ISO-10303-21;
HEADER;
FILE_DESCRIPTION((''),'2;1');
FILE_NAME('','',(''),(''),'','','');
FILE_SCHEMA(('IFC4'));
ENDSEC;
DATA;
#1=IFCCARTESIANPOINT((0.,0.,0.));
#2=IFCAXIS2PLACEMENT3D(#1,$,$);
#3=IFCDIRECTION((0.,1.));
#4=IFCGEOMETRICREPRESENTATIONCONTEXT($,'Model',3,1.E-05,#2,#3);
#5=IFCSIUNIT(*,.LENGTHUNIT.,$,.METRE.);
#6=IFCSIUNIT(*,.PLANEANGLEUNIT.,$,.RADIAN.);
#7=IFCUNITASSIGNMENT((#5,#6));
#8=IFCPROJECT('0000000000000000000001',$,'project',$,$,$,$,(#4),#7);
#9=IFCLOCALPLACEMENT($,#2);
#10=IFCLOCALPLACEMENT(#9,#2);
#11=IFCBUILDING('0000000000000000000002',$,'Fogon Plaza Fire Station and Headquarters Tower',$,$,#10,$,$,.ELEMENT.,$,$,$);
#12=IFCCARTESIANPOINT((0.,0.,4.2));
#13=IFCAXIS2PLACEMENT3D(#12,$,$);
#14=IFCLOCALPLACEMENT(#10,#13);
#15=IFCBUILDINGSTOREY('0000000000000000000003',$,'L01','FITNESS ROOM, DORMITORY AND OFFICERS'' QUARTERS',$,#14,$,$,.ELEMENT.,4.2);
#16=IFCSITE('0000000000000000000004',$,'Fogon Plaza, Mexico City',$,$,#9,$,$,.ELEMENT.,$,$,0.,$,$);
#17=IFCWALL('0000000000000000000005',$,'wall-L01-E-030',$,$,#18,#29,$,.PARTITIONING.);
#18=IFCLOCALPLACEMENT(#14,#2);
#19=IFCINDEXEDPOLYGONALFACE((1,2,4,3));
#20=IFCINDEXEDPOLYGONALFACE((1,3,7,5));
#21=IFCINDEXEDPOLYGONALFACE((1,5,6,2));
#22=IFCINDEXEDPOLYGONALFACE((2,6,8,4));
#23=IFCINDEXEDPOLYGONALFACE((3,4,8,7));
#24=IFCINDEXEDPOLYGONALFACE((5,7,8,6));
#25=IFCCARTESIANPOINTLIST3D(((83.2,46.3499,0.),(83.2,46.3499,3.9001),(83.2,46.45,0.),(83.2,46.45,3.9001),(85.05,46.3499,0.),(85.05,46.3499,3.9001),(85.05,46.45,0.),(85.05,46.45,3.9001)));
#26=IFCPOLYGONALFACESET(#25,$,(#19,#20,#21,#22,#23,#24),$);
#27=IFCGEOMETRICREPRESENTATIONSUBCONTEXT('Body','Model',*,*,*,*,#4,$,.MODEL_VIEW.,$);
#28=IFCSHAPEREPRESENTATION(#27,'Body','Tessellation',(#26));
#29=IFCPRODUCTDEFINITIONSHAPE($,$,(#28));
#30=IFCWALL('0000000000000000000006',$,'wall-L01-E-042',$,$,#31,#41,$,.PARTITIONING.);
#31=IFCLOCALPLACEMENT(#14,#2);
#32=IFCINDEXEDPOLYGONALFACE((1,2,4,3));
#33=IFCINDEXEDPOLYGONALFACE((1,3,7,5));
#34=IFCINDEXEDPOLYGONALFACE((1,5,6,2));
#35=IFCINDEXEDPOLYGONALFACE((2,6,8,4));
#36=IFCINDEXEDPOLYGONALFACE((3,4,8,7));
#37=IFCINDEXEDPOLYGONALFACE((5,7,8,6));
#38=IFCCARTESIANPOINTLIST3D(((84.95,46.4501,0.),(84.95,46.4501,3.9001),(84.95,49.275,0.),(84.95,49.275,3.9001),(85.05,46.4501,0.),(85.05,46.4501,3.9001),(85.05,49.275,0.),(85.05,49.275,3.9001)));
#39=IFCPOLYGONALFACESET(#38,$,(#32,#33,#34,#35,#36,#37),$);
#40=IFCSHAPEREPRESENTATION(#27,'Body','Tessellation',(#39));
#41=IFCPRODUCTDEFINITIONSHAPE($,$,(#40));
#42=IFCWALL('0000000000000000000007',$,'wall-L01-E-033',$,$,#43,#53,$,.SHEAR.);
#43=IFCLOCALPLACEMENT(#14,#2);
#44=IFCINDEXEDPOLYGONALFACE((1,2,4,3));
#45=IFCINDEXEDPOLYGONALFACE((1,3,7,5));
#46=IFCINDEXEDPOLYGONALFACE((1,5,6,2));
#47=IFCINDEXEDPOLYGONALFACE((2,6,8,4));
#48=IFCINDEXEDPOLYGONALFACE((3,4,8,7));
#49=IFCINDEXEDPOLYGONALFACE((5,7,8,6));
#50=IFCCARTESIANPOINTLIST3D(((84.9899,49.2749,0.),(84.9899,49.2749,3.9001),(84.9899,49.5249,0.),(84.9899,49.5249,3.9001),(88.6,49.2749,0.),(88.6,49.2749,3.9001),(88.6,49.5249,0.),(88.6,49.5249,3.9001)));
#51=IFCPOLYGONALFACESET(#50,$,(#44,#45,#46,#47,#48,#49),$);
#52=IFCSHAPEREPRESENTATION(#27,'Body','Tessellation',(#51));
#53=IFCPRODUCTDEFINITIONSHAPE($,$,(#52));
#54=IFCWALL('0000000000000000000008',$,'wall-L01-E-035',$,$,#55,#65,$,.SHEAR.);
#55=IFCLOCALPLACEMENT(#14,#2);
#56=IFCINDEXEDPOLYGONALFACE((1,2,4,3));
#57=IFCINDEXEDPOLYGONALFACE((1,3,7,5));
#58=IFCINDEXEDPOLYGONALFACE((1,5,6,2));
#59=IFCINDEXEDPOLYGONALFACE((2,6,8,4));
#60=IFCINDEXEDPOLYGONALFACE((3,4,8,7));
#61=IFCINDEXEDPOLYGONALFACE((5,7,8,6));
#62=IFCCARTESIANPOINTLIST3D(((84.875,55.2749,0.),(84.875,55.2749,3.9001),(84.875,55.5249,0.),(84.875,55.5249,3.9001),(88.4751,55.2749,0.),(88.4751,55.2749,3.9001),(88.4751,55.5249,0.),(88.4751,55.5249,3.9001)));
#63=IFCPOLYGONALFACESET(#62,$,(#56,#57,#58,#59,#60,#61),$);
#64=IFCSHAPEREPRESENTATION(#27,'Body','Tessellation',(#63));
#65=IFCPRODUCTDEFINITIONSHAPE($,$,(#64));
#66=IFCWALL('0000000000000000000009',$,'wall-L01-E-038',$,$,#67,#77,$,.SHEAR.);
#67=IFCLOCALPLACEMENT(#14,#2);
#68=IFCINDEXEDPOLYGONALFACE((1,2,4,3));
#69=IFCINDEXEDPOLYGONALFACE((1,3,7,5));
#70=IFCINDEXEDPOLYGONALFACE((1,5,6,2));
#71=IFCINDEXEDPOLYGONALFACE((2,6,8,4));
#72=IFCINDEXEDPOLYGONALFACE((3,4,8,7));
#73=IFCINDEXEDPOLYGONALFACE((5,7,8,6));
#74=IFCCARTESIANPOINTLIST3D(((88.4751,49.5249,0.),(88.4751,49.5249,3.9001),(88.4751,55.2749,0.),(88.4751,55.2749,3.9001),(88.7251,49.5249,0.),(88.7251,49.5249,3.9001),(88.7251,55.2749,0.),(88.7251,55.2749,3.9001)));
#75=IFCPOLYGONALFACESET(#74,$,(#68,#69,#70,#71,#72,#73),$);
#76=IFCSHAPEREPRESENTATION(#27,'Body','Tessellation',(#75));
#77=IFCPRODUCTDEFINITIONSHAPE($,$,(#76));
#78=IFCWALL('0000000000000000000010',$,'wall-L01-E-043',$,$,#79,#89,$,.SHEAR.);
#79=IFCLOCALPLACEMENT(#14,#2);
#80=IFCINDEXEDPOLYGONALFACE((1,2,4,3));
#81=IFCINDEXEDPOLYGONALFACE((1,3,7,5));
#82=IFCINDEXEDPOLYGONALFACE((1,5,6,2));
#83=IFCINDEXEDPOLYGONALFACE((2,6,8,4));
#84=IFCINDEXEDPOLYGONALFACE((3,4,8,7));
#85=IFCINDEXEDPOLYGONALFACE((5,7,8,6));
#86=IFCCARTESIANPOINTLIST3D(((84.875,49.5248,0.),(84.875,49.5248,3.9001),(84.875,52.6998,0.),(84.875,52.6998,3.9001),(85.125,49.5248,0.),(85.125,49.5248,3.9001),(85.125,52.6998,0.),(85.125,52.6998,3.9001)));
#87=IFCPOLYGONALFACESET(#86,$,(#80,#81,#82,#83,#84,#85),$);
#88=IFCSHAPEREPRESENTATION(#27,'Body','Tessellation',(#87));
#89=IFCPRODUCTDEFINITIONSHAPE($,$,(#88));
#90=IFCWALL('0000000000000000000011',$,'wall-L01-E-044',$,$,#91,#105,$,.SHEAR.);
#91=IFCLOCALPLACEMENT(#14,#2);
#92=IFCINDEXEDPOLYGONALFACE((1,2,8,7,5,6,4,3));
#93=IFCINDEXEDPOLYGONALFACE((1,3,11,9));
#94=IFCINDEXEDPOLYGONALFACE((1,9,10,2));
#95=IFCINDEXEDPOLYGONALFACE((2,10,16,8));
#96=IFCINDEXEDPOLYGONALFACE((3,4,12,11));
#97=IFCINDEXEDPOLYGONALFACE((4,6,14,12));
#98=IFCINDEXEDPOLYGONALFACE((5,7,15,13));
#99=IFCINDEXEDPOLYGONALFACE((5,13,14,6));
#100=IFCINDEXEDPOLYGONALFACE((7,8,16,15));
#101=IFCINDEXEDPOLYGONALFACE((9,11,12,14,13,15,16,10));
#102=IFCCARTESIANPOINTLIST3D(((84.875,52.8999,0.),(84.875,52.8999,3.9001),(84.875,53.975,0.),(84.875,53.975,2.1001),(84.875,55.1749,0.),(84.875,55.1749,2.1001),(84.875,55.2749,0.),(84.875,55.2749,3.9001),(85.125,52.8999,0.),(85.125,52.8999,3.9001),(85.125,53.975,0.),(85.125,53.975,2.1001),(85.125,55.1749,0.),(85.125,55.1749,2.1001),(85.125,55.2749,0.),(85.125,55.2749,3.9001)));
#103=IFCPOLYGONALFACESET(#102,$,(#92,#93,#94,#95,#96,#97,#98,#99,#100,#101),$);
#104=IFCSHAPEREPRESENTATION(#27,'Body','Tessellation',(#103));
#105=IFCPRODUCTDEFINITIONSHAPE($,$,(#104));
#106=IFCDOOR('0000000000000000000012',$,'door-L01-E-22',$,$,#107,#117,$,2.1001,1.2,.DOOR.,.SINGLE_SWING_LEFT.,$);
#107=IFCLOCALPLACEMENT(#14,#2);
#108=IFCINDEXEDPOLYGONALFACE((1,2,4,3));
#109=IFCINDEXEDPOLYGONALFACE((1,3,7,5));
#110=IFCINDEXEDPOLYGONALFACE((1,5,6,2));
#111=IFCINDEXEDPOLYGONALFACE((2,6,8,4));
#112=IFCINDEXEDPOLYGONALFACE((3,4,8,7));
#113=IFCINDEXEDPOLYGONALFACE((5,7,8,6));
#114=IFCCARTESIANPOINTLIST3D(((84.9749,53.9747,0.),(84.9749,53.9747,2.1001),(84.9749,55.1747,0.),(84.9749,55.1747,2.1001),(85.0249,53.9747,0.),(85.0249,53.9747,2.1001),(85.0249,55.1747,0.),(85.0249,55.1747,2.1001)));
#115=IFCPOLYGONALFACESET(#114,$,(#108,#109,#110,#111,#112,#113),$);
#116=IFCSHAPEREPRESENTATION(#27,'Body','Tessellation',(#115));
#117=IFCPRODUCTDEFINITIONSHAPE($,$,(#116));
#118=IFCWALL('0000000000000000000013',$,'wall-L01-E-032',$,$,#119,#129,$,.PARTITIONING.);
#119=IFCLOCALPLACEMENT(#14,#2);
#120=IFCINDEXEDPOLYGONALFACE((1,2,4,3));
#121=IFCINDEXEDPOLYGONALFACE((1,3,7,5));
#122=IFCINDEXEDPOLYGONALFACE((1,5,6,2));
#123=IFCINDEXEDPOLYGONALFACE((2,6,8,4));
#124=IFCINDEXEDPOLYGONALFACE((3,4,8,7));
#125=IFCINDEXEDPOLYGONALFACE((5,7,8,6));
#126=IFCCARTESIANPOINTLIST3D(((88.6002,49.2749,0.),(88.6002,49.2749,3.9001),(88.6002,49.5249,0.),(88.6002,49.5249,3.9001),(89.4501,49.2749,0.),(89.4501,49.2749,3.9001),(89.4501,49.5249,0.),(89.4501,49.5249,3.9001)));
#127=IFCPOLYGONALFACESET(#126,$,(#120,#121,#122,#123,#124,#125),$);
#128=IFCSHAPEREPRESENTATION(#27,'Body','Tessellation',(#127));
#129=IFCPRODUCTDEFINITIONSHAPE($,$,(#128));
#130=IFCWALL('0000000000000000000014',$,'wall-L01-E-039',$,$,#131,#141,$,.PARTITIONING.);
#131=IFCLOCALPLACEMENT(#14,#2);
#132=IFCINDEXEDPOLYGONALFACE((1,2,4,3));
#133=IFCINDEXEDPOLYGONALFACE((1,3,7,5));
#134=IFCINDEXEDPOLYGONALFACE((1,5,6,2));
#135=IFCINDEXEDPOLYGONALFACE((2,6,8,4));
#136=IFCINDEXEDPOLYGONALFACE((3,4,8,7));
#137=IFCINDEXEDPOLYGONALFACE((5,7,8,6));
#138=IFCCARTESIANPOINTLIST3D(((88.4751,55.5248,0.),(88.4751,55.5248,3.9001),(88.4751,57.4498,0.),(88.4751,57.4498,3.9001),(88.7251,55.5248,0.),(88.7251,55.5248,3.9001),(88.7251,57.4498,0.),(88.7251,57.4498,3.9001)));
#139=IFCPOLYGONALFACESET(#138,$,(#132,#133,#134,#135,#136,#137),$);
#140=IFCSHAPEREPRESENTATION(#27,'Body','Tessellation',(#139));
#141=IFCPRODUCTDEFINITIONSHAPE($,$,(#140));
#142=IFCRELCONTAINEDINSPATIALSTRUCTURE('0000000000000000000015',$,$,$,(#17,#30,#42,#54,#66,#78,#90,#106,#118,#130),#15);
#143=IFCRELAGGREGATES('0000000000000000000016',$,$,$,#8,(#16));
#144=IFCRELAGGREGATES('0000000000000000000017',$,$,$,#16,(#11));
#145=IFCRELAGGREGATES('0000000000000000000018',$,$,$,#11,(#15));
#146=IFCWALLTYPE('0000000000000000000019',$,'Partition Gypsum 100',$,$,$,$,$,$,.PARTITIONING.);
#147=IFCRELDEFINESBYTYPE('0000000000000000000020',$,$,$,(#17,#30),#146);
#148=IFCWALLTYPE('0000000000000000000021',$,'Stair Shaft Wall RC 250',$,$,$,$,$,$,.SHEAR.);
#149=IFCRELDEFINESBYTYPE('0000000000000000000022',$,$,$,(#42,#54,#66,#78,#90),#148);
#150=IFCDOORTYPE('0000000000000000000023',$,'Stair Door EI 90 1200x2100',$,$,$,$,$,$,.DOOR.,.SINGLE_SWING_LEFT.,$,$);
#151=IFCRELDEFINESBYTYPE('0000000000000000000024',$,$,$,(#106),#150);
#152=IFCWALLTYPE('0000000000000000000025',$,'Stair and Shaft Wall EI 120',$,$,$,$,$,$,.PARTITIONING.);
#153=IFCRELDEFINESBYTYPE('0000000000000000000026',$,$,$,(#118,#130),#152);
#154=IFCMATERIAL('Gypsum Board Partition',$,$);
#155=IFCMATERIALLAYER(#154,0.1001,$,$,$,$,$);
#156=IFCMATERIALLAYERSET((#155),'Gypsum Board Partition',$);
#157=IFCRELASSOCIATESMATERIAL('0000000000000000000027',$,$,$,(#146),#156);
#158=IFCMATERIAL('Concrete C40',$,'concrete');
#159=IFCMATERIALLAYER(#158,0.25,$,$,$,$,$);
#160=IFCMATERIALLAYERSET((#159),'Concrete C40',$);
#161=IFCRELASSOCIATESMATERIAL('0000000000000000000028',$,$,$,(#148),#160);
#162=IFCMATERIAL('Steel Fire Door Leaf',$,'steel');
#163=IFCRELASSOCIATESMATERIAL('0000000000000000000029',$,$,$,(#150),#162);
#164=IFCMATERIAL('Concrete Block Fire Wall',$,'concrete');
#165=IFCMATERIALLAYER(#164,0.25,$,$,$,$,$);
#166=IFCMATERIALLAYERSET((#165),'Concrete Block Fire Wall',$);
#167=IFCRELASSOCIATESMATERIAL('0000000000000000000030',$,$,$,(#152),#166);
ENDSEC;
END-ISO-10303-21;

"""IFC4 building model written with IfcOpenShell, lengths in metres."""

from ifc_helpers import new_model, si_unit, direction, frame, frame_2d, origin, place, context, subcontext, project, spatial, rectangle, extrude, material, layer, layer_set, type_object, element, fill, save


model = new_model("IFC4")

# Units and contexts
model_context = context("Model", 3, precision=1e-05, world=origin(), true_north=direction((0.0, 1.0)))
body_context = subcontext(model_context, "Body", "Model", "MODEL_VIEW")
ifc_project = project(units=[si_unit("LENGTHUNIT", "METRE"), si_unit("PLANEANGLEUNIT", "RADIAN")], contexts=[model_context])

# Site, building, storey
site_placement = place(None, origin())
site = spatial("IfcSite", under=ifc_project, at=site_placement, Name="Fogon Plaza, Mexico City", CompositionType="ELEMENT", RefElevation=0.0)
building_placement = place(site_placement, origin())
building = spatial("IfcBuilding", under=site, at=building_placement, Name="Fogon Plaza Fire Station and Headquarters Tower", CompositionType="ELEMENT")
storey_placement = place(building_placement, frame((0.0, 0.0, 4.2)))
storey = spatial("IfcBuildingStorey", under=building, at=storey_placement, Name="L01", Description="FITNESS ROOM, DORMITORY AND OFFICERS' QUARTERS", CompositionType="ELEMENT", Elevation=4.2)

# Walls
ifc_material_1 = material(Name="Gypsum Board Partition")
ifc_layer_1 = layer(ifc_material_1, 0.1001)
ifc_layer_set_1 = layer_set([ifc_layer_1], Name="Gypsum Board Partition")
wall_type_1 = type_object("IfcWallType", Name="Partition Gypsum 100", PredefinedType="PARTITIONING", material=ifc_layer_set_1)
wall_1_placement = place(storey_placement, frame((85.05, 46.3999, 0.0), z_axis=(0.0, 0.0, 1.0), x_axis=(-1.0, 0.0, 0.0)))
element("IfcWall", 1, at=wall_1_placement, inside=storey, type_object=wall_type_1, Name="wall-L01-E-030", PredefinedType="PARTITIONING", context=body_context, shape_type="SweptSolid", body=[
    extrude(rectangle(XDim=1.8501, YDim=0.1001, at=frame_2d((0.925, 0.0))), origin(), (0.0, 0.0, 1.0), 3.9001),
])
wall_2_placement = place(storey_placement, frame((85.0, 46.45, 0.0), z_axis=(0.0, 0.0, 1.0), x_axis=(0.0, 1.0, 0.0)))
element("IfcWall", 2, at=wall_2_placement, inside=storey, type_object=wall_type_1, Name="wall-L01-E-042", PredefinedType="PARTITIONING", context=body_context, shape_type="SweptSolid", body=[
    extrude(rectangle(XDim=2.825, YDim=0.1001, at=frame_2d((1.4126, 0.0))), origin(), (0.0, 0.0, 1.0), 3.9001),
])
ifc_material_2 = material(Name="Concrete C40", Category="concrete")
ifc_layer_2 = layer(ifc_material_2, 0.25)
ifc_layer_set_2 = layer_set([ifc_layer_2], Name="Concrete C40")
wall_type_2 = type_object("IfcWallType", Name="Stair Shaft Wall RC 250", PredefinedType="SHEAR", material=ifc_layer_set_2)
wall_3_placement = place(storey_placement, frame((88.6001, 49.3999, 0.0), z_axis=(0.0, 0.0, 1.0), x_axis=(-1.0, 0.0, 0.0)))
element("IfcWall", 3, at=wall_3_placement, inside=storey, type_object=wall_type_2, Name="wall-L01-E-033", PredefinedType="SHEAR", context=body_context, shape_type="SweptSolid", body=[
    extrude(rectangle(XDim=3.6101, YDim=0.25, at=frame_2d((1.8052, 0.0))), origin(), (0.0, 0.0, 1.0), 3.9001),
])
wall_4_placement = place(storey_placement, frame((88.4751, 55.3999, 0.0), z_axis=(0.0, 0.0, 1.0), x_axis=(-1.0, 0.0, 0.0)))
element("IfcWall", 4, at=wall_4_placement, inside=storey, type_object=wall_type_2, Name="wall-L01-E-035", PredefinedType="SHEAR", context=body_context, shape_type="SweptSolid", body=[
    extrude(rectangle(XDim=3.6001, YDim=0.25, at=frame_2d((1.8, 0.0))), origin(), (0.0, 0.0, 1.0), 3.9001),
])
wall_5_placement = place(storey_placement, frame((88.6001, 49.5249, 0.0), z_axis=(0.0, 0.0, 1.0), x_axis=(0.0, 1.0, 0.0)))
element("IfcWall", 5, at=wall_5_placement, inside=storey, type_object=wall_type_2, Name="wall-L01-E-038", PredefinedType="SHEAR", context=body_context, shape_type="SweptSolid", body=[
    extrude(rectangle(XDim=5.75, YDim=0.25, at=frame_2d((2.875, 0.0))), origin(), (0.0, 0.0, 1.0), 3.9001),
])
wall_6_placement = place(storey_placement, frame((85.0, 49.5249, 0.0), z_axis=(0.0, 0.0, 1.0), x_axis=(0.0, 1.0, 0.0)))
element("IfcWall", 6, at=wall_6_placement, inside=storey, type_object=wall_type_2, Name="wall-L01-E-043", PredefinedType="SHEAR", context=body_context, shape_type="SweptSolid", body=[
    extrude(rectangle(XDim=3.175, YDim=0.25, at=frame_2d((1.5874, 0.0))), origin(), (0.0, 0.0, 1.0), 3.9001),
])

# Wall, opening, door
wall_7_placement = place(storey_placement, frame((85.0, 52.8999, 0.0), z_axis=(0.0, 0.0, 1.0), x_axis=(0.0, 1.0, 0.0)))
wall_7 = element("IfcWall", 7, at=wall_7_placement, inside=storey, type_object=wall_type_2, Name="wall-L01-E-044", PredefinedType="SHEAR", context=body_context, shape_type="SweptSolid", body=[
    extrude(rectangle(XDim=2.375, YDim=0.25, at=frame_2d((1.1875, 0.0))), origin(), (0.0, 0.0, 1.0), 3.9001),
])
opening_1_placement = place(wall_7_placement, frame((1.075, 0.0, 0.0)))
opening_1 = element("IfcOpeningElement", 8, at=opening_1_placement, cuts=wall_7, PredefinedType="OPENING", context=body_context, shape_type="SweptSolid", body=[
    extrude(rectangle(XDim=1.2, YDim=2.1001, at=frame_2d((0.6001, 1.05))), frame((0.0, 0.135, 0.0), z_axis=(0.0, -1.0, 0.0), x_axis=(1.0, 0.0, 0.0)), (0.0, 0.0, 1.0), 0.27),
])
ifc_material_3 = material(Name="Steel Fire Door Leaf", Category="steel")
door_type_1 = type_object("IfcDoorType", Name="Stair Door EI 90 1200x2100", OperationType="SINGLE_SWING_LEFT", PredefinedType="DOOR", material=ifc_material_3)
door_1_placement = place(opening_1_placement, frame((1.2, 0.0, 0.0), z_axis=(0.0, 0.0, 1.0), x_axis=(-1.0, 0.0, 0.0)))
door_1 = element("IfcDoor", 9, at=door_1_placement, inside=storey, type_object=door_type_1, Name="door-L01-E-22", OperationType="SINGLE_SWING_LEFT", OverallHeight=2.1001, OverallWidth=1.2, PredefinedType="DOOR", context=body_context, shape_type="SweptSolid", body=[
    extrude(rectangle(XDim=1.2, YDim=2.1001, at=frame_2d((0.6001, 1.05))), frame((0.0, 0.0249, 0.0), z_axis=(0.0, -1.0, 0.0), x_axis=(1.0, 0.0, 0.0)), (0.0, 0.0, 1.0), 0.05),
])
fill(opening_1, door_1)

# Walls
ifc_material_4 = material(Name="Concrete Block Fire Wall", Category="concrete")
ifc_layer_3 = layer(ifc_material_4, 0.25)
ifc_layer_set_3 = layer_set([ifc_layer_3], Name="Concrete Block Fire Wall")
wall_type_3 = type_object("IfcWallType", Name="Stair and Shaft Wall EI 120", PredefinedType="PARTITIONING", material=ifc_layer_set_3)
wall_8_placement = place(storey_placement, frame((89.45, 49.3999, 0.0), z_axis=(0.0, 0.0, 1.0), x_axis=(-1.0, 0.0, 0.0)))
element("IfcWall", 10, at=wall_8_placement, inside=storey, type_object=wall_type_3, Name="wall-L01-E-032", PredefinedType="PARTITIONING", context=body_context, shape_type="SweptSolid", body=[
    extrude(rectangle(XDim=0.8499, YDim=0.25, at=frame_2d((0.4248, 0.0))), origin(), (0.0, 0.0, 1.0), 3.9001),
])
wall_9_placement = place(storey_placement, frame((88.6001, 55.5249, 0.0), z_axis=(0.0, 0.0, 1.0), x_axis=(0.0, 1.0, 0.0)))
element("IfcWall", 11, at=wall_9_placement, inside=storey, type_object=wall_type_3, Name="wall-L01-E-039", PredefinedType="PARTITIONING", context=body_context, shape_type="SweptSolid", body=[
    extrude(rectangle(XDim=1.925, YDim=0.25, at=frame_2d((0.9624, 0.0))), origin(), (0.0, 0.0, 1.0), 3.9001),
])

save(model, "model.ifc")
